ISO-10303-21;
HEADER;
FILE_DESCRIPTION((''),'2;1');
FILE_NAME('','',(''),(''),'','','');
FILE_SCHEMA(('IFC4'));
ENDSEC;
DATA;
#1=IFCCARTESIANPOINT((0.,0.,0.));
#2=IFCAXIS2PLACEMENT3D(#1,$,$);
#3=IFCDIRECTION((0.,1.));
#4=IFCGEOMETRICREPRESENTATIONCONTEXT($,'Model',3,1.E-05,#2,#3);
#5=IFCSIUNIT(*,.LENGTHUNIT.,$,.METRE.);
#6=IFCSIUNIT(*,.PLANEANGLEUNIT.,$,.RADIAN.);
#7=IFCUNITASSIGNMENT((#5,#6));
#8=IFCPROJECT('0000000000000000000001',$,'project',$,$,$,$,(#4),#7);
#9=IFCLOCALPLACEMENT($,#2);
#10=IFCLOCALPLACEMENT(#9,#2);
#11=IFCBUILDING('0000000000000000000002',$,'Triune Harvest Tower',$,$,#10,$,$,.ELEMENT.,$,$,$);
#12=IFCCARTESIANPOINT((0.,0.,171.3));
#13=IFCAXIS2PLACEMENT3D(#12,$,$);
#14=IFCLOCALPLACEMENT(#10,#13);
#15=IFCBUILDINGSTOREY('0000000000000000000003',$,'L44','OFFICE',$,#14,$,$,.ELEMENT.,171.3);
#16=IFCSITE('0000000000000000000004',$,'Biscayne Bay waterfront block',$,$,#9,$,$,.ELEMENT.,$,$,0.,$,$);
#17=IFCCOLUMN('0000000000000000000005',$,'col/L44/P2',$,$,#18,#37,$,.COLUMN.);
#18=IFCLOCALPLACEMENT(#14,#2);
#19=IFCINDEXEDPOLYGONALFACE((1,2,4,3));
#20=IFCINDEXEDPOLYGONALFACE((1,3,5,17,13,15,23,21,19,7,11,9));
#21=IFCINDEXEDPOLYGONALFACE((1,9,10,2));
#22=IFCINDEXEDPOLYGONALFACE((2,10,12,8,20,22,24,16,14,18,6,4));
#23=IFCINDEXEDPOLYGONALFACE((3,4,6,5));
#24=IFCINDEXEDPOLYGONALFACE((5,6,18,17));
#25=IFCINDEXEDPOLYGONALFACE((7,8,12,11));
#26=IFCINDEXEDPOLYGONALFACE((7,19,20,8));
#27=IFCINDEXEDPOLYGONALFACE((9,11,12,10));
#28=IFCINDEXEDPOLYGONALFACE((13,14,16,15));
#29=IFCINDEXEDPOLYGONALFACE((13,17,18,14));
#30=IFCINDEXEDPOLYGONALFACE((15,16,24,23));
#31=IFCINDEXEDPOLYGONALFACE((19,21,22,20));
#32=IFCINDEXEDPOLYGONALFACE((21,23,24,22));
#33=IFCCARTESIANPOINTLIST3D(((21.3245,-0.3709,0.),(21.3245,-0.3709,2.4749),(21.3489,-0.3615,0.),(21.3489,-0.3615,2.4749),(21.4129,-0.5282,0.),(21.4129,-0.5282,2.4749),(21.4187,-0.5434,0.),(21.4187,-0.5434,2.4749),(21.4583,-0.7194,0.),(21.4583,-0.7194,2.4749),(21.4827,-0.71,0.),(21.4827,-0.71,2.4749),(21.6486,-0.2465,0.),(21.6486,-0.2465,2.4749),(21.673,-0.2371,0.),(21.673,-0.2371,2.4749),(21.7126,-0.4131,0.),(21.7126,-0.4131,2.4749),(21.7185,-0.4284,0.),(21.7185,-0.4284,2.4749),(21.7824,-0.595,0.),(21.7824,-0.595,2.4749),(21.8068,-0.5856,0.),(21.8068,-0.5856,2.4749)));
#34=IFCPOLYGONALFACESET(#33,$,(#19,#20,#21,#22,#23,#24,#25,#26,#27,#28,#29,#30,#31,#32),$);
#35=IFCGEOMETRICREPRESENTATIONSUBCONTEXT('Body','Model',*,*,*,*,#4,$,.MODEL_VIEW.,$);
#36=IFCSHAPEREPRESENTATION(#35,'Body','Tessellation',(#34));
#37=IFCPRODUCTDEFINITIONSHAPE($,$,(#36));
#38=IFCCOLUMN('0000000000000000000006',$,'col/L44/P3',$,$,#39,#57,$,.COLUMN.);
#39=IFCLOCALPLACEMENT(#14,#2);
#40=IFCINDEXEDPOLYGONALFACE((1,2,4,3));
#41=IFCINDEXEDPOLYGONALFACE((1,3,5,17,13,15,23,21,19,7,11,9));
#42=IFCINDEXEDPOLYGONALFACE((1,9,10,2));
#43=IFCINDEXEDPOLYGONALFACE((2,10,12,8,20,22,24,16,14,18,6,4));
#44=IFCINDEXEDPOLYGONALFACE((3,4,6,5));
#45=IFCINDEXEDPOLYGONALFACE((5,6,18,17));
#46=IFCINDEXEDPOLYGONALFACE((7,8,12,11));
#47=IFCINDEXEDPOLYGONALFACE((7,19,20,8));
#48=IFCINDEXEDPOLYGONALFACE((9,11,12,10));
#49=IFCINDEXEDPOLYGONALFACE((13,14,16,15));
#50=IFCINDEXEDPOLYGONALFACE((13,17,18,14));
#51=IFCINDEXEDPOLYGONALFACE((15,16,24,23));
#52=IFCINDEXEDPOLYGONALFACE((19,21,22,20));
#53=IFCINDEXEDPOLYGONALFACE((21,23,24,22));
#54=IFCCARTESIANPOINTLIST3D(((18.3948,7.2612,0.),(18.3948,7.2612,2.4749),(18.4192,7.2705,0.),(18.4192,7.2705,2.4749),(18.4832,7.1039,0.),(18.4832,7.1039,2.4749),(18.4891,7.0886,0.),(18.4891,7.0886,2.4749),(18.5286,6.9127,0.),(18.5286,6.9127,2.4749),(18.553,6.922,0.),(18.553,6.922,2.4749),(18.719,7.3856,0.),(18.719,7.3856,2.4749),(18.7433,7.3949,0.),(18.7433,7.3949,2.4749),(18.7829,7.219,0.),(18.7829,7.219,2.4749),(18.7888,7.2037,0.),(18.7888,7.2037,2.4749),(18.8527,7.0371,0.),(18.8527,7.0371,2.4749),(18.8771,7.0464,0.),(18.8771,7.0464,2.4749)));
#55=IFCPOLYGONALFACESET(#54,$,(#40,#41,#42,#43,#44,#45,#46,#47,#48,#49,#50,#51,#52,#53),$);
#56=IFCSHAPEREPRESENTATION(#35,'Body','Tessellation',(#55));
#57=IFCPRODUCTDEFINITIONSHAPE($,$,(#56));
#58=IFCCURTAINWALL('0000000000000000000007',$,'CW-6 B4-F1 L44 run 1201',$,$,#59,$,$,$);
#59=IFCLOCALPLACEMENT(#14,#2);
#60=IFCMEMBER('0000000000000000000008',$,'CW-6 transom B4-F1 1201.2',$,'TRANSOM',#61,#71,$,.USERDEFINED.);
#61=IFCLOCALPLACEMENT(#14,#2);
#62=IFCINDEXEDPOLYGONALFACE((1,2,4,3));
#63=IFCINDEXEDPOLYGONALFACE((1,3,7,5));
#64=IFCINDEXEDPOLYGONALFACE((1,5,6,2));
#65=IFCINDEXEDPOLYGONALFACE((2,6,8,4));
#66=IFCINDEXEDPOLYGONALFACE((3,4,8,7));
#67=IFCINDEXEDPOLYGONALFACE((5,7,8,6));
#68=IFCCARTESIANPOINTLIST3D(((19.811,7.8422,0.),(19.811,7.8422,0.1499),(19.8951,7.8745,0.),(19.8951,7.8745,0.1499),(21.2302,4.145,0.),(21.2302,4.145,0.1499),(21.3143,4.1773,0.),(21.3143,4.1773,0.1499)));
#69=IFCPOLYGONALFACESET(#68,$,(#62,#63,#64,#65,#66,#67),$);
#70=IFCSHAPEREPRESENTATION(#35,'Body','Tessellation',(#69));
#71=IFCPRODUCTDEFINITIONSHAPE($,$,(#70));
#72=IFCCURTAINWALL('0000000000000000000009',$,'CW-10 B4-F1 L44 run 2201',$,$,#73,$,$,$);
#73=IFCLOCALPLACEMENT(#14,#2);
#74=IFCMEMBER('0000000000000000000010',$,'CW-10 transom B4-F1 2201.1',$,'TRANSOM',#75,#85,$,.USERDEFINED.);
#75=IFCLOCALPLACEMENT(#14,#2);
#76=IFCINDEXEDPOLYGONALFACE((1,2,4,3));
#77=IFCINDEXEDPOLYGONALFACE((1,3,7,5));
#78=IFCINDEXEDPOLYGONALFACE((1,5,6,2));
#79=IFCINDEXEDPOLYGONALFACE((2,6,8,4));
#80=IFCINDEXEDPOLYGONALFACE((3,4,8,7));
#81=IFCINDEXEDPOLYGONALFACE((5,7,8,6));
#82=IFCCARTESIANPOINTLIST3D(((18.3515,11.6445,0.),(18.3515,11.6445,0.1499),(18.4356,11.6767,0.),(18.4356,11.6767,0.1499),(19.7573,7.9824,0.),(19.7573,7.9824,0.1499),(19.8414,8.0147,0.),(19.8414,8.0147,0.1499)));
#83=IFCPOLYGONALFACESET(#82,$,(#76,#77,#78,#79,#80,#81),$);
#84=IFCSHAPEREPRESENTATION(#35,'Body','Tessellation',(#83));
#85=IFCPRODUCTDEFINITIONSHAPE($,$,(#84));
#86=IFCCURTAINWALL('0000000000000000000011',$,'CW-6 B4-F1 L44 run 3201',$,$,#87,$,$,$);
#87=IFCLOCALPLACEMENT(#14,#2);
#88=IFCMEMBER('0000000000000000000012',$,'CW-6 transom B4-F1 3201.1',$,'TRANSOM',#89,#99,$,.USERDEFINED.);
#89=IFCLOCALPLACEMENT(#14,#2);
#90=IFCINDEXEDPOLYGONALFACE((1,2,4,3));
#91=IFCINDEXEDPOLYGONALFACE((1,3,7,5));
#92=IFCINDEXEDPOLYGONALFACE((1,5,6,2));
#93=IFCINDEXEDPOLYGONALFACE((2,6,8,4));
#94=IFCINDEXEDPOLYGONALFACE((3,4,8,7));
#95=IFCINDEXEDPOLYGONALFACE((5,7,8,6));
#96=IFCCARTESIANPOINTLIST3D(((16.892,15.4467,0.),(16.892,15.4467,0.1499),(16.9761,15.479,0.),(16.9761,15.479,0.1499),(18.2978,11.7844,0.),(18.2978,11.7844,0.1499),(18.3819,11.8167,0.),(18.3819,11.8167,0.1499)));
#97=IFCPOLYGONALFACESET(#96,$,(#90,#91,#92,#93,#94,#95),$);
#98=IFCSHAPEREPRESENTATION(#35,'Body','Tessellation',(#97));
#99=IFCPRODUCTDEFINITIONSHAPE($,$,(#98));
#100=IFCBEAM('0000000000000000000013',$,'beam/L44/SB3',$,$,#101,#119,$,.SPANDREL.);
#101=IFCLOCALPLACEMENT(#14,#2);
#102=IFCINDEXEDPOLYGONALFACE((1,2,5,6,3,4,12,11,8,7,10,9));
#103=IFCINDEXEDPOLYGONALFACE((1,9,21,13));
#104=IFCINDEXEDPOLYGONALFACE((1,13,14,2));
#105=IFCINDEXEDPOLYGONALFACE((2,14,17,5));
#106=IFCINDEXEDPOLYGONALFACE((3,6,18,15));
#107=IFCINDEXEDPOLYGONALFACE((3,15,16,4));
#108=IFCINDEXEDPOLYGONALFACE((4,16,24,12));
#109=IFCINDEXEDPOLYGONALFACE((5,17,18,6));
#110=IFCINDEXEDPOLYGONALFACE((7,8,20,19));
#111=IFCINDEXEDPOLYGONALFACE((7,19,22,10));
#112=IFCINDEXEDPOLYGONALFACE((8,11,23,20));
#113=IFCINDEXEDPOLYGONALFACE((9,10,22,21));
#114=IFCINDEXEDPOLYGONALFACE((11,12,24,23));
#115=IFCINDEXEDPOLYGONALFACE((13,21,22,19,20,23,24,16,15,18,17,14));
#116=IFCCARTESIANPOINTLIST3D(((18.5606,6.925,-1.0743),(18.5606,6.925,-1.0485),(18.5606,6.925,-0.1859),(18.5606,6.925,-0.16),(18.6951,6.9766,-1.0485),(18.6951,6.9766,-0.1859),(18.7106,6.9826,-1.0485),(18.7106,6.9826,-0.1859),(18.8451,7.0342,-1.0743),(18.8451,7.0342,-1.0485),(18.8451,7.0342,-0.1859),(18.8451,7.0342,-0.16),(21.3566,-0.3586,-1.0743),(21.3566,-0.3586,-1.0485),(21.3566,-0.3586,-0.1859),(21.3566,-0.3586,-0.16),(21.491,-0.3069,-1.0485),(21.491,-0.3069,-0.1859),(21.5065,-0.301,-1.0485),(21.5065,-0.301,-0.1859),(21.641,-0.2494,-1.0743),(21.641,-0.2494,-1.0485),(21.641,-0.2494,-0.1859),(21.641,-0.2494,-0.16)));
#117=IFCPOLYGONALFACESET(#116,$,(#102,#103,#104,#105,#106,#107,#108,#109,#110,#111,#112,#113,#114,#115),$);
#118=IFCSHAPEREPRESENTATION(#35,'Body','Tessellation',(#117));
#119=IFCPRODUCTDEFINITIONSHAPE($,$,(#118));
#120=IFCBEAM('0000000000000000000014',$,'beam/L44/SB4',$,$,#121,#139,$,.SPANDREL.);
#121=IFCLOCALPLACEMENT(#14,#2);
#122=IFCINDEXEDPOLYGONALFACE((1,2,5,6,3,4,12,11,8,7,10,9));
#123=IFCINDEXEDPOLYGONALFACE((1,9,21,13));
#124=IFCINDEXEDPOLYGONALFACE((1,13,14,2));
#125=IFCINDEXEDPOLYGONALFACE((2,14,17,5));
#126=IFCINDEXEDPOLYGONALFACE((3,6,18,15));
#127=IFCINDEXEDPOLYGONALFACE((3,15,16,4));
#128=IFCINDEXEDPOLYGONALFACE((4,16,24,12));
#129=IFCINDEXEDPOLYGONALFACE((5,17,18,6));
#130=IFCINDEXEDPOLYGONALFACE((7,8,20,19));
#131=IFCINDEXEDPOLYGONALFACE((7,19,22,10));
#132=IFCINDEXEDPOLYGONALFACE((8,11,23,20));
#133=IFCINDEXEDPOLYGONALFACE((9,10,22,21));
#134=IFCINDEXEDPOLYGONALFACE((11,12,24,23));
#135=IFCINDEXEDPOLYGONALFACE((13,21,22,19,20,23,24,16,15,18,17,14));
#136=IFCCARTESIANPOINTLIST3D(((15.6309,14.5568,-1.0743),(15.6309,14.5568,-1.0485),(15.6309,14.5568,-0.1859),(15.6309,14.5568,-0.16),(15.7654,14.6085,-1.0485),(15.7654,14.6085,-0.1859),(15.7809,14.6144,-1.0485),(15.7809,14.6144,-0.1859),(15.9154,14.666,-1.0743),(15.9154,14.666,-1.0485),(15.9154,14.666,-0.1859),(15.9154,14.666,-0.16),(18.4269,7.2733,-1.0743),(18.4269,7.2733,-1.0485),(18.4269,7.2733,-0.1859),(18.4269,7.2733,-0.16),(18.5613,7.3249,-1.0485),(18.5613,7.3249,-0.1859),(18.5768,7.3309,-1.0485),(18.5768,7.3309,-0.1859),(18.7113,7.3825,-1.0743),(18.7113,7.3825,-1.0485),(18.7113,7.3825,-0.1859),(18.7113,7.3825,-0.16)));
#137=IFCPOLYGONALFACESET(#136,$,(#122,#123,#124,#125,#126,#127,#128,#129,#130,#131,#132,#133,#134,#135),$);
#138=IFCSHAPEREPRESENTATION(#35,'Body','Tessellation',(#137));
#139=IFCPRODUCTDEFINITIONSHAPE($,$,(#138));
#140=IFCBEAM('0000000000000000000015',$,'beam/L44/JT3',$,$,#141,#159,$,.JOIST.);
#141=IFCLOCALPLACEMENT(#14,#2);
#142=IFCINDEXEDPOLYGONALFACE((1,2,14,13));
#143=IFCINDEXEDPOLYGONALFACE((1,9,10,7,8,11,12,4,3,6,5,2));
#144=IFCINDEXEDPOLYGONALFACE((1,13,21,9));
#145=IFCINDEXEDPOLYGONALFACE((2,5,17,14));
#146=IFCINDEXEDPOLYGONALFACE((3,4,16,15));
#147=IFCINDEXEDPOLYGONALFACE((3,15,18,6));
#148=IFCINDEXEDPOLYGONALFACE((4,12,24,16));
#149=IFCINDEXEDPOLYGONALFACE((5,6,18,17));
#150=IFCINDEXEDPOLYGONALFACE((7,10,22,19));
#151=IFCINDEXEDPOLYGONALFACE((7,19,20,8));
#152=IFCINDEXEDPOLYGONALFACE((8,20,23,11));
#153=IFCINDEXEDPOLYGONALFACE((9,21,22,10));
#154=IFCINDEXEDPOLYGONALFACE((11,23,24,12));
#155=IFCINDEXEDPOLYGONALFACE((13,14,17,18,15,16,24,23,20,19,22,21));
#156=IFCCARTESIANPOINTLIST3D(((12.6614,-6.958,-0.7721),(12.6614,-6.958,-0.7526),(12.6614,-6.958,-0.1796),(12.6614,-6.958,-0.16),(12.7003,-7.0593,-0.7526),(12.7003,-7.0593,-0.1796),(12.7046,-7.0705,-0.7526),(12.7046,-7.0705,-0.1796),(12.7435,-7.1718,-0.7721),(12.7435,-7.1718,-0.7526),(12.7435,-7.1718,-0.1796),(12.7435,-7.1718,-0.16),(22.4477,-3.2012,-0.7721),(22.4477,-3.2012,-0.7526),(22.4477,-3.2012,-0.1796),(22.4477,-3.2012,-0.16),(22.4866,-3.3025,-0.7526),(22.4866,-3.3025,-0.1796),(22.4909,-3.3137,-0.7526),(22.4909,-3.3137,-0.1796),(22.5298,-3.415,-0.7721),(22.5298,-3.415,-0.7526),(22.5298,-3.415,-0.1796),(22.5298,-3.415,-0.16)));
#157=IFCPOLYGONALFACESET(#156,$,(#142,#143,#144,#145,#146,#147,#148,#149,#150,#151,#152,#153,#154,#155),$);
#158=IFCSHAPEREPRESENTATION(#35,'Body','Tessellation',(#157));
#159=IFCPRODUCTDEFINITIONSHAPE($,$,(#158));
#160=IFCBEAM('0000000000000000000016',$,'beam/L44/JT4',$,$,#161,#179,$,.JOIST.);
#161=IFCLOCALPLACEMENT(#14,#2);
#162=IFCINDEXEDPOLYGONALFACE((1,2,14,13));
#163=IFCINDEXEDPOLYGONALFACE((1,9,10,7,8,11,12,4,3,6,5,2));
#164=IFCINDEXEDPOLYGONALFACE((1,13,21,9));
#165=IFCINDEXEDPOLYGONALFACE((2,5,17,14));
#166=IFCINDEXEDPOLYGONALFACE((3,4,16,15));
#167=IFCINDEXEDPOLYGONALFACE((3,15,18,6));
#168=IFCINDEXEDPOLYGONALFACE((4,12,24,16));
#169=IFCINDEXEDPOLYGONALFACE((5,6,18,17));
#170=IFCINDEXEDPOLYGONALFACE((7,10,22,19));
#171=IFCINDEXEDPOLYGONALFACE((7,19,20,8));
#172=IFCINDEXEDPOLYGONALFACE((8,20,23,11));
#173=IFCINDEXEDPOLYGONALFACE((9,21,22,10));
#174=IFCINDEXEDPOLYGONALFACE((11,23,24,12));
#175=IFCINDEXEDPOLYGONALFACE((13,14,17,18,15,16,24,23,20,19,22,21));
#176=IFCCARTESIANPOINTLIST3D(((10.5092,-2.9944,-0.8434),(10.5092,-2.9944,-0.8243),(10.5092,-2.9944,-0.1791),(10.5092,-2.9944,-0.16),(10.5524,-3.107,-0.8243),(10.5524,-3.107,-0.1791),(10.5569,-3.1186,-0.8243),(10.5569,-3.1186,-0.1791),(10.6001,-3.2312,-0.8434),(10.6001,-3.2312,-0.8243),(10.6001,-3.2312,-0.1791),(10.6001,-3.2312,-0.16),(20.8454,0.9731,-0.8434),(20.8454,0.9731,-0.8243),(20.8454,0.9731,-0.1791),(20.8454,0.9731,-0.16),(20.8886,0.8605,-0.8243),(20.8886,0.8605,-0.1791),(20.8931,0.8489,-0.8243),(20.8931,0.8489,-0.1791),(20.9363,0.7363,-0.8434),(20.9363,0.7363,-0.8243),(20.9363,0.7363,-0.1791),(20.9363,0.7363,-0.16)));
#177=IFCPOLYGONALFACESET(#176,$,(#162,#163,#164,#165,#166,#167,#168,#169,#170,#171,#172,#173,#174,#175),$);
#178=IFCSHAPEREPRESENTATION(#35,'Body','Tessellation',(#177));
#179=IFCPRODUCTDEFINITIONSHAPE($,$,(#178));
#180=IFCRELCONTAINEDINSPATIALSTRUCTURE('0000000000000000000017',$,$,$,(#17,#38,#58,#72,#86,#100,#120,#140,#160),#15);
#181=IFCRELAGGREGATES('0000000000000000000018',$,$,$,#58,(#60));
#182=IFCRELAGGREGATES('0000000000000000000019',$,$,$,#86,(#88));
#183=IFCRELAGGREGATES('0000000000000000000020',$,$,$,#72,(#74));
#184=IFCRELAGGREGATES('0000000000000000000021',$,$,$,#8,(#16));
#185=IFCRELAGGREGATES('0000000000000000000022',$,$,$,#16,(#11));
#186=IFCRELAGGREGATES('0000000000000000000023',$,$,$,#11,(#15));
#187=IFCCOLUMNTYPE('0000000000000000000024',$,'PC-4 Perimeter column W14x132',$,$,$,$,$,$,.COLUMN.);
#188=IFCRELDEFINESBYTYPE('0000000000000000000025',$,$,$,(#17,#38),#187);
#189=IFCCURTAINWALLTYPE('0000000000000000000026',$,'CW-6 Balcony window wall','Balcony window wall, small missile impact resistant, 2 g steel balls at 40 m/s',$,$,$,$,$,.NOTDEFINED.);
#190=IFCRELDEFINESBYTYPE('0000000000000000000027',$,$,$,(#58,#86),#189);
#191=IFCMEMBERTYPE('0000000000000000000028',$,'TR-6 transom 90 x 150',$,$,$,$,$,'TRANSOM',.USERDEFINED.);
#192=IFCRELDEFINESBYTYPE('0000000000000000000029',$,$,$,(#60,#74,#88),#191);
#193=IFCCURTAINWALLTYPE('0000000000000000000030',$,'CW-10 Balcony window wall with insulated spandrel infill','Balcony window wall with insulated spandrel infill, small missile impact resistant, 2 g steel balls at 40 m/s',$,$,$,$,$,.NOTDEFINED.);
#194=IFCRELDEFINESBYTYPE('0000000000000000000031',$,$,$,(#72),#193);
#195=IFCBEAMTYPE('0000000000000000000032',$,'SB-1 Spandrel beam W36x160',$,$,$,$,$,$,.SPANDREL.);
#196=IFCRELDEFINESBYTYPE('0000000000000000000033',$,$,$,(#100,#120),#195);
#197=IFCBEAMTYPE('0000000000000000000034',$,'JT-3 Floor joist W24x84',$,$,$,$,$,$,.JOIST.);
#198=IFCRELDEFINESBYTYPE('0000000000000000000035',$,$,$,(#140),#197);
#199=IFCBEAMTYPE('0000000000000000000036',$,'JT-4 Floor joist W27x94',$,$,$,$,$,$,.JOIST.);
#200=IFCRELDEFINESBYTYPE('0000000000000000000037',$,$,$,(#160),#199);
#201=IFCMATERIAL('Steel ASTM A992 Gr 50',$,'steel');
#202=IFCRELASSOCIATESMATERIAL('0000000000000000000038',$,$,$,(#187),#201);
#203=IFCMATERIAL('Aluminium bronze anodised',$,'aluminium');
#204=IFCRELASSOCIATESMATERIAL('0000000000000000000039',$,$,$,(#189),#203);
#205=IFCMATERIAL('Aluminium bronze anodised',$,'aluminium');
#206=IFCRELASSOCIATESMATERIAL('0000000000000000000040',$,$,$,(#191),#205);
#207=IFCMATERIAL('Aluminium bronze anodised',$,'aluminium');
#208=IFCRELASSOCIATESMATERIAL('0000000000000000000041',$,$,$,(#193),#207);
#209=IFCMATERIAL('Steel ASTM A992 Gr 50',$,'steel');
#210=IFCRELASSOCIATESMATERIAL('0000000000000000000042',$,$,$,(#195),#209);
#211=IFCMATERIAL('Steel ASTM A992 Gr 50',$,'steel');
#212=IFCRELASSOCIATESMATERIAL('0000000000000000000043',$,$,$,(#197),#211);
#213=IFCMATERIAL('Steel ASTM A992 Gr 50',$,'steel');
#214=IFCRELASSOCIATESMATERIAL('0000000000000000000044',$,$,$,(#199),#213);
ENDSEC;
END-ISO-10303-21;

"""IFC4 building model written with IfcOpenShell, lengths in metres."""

from ifc_helpers import new_model, si_unit, direction, frame, origin, origin_2d, place, context, subcontext, project, spatial, rectangle, i_section, extrude, source, transform, mapped, material, material_profile, profile_set, type_object, element, aggregate, save


model = new_model("IFC4")

# Units and contexts
model_context = context("Model", 3, precision=1e-05, world=origin(), true_north=direction((0.0, 1.0)))
body_context = subcontext(model_context, "Body", "Model", "MODEL_VIEW")
ifc_project = project(units=[si_unit("LENGTHUNIT", "METRE"), si_unit("PLANEANGLEUNIT", "RADIAN")], contexts=[model_context])

# Site, building, storey
site_placement = place(None, origin())
site = spatial("IfcSite", under=ifc_project, at=site_placement, Name="Biscayne Bay waterfront block", CompositionType="ELEMENT", RefElevation=0.0)
building_placement = place(site_placement, origin())
building = spatial("IfcBuilding", under=site, at=building_placement, Name="Triune Harvest Tower", CompositionType="ELEMENT")
storey_placement = place(building_placement, frame((0.0, 0.0, 171.3)))
storey = spatial("IfcBuildingStorey", under=building, at=storey_placement, Name="L44", Description="OFFICE", CompositionType="ELEMENT", Elevation=171.3)

# Columns
ifc_material_1 = material(Name="Steel ASTM A992 Gr 50", Category="steel")
ifc_material_profile_1 = material_profile(ifc_material_1, i_section(OverallWidth=0.3733, OverallDepth=0.3733, WebThickness=0.0164, FlangeThickness=0.0261, at=origin_2d()), Name="W14x132")
ifc_profile_set_1 = profile_set([ifc_material_profile_1], Name="Steel ASTM A992 Gr 50")
column_type = type_object("IfcColumnType", Name="PC-4 Perimeter column W14x132", PredefinedType="COLUMN", material=ifc_profile_set_1)
shared_shape_1 = source(origin(), body_context, "Body", "SweptSolid", [
    extrude(i_section(OverallWidth=0.3733, OverallDepth=0.3733, WebThickness=0.0164, FlangeThickness=0.0261, at=origin_2d()), origin(), (0.0, 0.0, 1.0), 2.4749),
])
for number, where, z_axis, x_axis, name in (
    (1, (21.5657, -0.4783, 0.0), (0.0, 0.0, 1.0), (-0.358368, 0.93358, 0.0), "col/L44/P2"),
    (2, (18.636, 7.1538, 0.0), (0.0, 0.0, 1.0), (-0.358368, 0.93358, 0.0), "col/L44/P3"),
):
    element("IfcColumn", number, at=place(storey_placement, frame(where, z_axis=z_axis, x_axis=x_axis)), inside=storey, type_object=column_type, Name=name, PredefinedType="COLUMN", context=body_context, shape_type="MappedRepresentation", body=[
        mapped(shared_shape_1, transform((0.0, 0.0, 0.0), scale=1.0)),
    ])

# Curtain walls, members
ifc_material_2 = material(Name="Aluminium bronze anodised", Category="aluminium")
curtain_wall_type_1 = type_object("IfcCurtainWallType", Name="CW-6 Balcony window wall", Description="Balcony window wall, small missile impact resistant, 2 g steel balls at 40 m/s", PredefinedType="NOTDEFINED", material=ifc_material_2)
curtain_wall_1_placement = place(storey_placement, origin())
curtain_wall_1 = element("IfcCurtainWall", 3, at=curtain_wall_1_placement, inside=storey, type_object=curtain_wall_type_1, Name="CW-6 B4-F1 L44 run 1201")
ifc_material_3 = material(Name="Aluminium bronze anodised", Category="aluminium")
ifc_material_profile_2 = material_profile(ifc_material_3, rectangle(XDim=0.0901, YDim=0.1499, at=origin_2d()), Name="TR-6 transom 90 x 150")
ifc_profile_set_2 = profile_set([ifc_material_profile_2], Name="Aluminium bronze anodised")
member_type_1 = type_object("IfcMemberType", Name="TR-6 transom 90 x 150", ElementType="TRANSOM", PredefinedType="USERDEFINED", material=ifc_profile_set_2)
member_1_placement = place(storey_placement, frame((21.2722, 4.1611, 0.075), z_axis=(-0.358355, 0.933585, 0.0), x_axis=(-0.933585, -0.358355, 0.0)))
member_1 = element("IfcMember", 4, at=member_1_placement, type_object=member_type_1, Name="CW-6 transom B4-F1 1201.2", ObjectType="TRANSOM", PredefinedType="USERDEFINED", context=body_context, shape_type="SweptSolid", body=[
    extrude(rectangle(XDim=0.0901, YDim=0.1499, at=origin_2d()), origin(), (0.0, 0.0, 1.0), 3.9602),
])
ifc_material_4 = material(Name="Aluminium bronze anodised", Category="aluminium")
curtain_wall_type_2 = type_object("IfcCurtainWallType", Name="CW-10 Balcony window wall with insulated spandrel infill", Description="Balcony window wall with insulated spandrel infill, small missile impact resistant, 2 g steel balls at 40 m/s", PredefinedType="NOTDEFINED", material=ifc_material_4)
curtain_wall_2_placement = place(storey_placement, origin())
curtain_wall_2 = element("IfcCurtainWall", 5, at=curtain_wall_2_placement, inside=storey, type_object=curtain_wall_type_2, Name="CW-10 B4-F1 L44 run 2201")
member_2_placement = place(storey_placement, frame((19.7993, 7.9985, 0.075), z_axis=(-0.35837, 0.93358, 0.0), x_axis=(-0.93358, -0.35837, 0.0)))
member_2 = element("IfcMember", 6, at=member_2_placement, type_object=member_type_1, Name="CW-10 transom B4-F1 2201.1", ObjectType="TRANSOM", PredefinedType="USERDEFINED", context=body_context, shape_type="SweptSolid", body=[
    extrude(rectangle(XDim=0.0901, YDim=0.1499, at=origin_2d()), origin(), (0.0, 0.0, 1.0), 3.9226),
])
curtain_wall_3_placement = place(storey_placement, origin())
curtain_wall_3 = element("IfcCurtainWall", 7, at=curtain_wall_3_placement, inside=storey, type_object=curtain_wall_type_1, Name="CW-6 B4-F1 L44 run 3201")
member_3_placement = place(storey_placement, frame((18.3398, 11.8005, 0.075), z_axis=(-0.358349, 0.933588, 0.0), x_axis=(-0.933588, -0.358349, 0.0)))
member_3 = element("IfcMember", 8, at=member_3_placement, type_object=member_type_1, Name="CW-6 transom B4-F1 3201.1", ObjectType="TRANSOM", PredefinedType="USERDEFINED", context=body_context, shape_type="SweptSolid", body=[
    extrude(rectangle(XDim=0.0901, YDim=0.1499, at=origin_2d()), origin(), (0.0, 0.0, 1.0), 3.9229),
])

# Beams
ifc_material_5 = material(Name="Steel ASTM A992 Gr 50", Category="steel")
ifc_material_profile_3 = material_profile(ifc_material_5, i_section(OverallWidth=0.3047, OverallDepth=0.9143, WebThickness=0.0166, FlangeThickness=0.0259, at=origin_2d()), Name="W36x160")
ifc_profile_set_3 = profile_set([ifc_material_profile_3], Name="Steel ASTM A992 Gr 50")
beam_type_1 = type_object("IfcBeamType", Name="SB-1 Spandrel beam W36x160", PredefinedType="SPANDREL", material=ifc_profile_set_3)
shared_shape_2 = source(origin(), body_context, "Body", "SweptSolid", [
    extrude(i_section(OverallWidth=0.3047, OverallDepth=0.9143, WebThickness=0.0166, FlangeThickness=0.0259, at=origin_2d()), origin(), (0.0, 0.0, 1.0), 7.8018),
])
for number, where, z_axis, x_axis, name in (
    (9, (21.4988, -0.304, -0.6172), (-0.358373, 0.933578, 0.0), (-0.933578, -0.358373, 0.0), "beam/L44/SB3"),
    (10, (18.5691, 7.3279, -0.6172), (-0.358373, 0.933578, 0.0), (-0.933578, -0.358373, 0.0), "beam/L44/SB4"),
):
    element("IfcBeam", number, at=place(storey_placement, frame(where, z_axis=z_axis, x_axis=x_axis)), inside=storey, type_object=beam_type_1, Name=name, PredefinedType="SPANDREL", context=body_context, shape_type="MappedRepresentation", body=[
        mapped(shared_shape_2, transform((0.0, 0.0, 0.0), scale=1.0)),
    ])
ifc_material_6 = material(Name="Steel ASTM A992 Gr 50", Category="steel")
ifc_material_profile_4 = material_profile(ifc_material_6, i_section(OverallWidth=0.229, OverallDepth=0.6121, WebThickness=0.012, FlangeThickness=0.0195, at=origin_2d()), Name="W24x84")
ifc_profile_set_4 = profile_set([ifc_material_profile_4], Name="Steel ASTM A992 Gr 50")
beam_type_2 = type_object("IfcBeamType", Name="JT-3 Floor joist W24x84", PredefinedType="JOIST", material=ifc_profile_set_4)
shared_shape_3 = source(origin(), body_context, "Body", "SweptSolid", [
    extrude(i_section(OverallWidth=0.229, OverallDepth=0.6121, WebThickness=0.012, FlangeThickness=0.0195, at=origin_2d()), origin(), (0.0, 0.0, 1.0), 10.4827),
])
beam_1_placement = place(storey_placement, frame((22.4888, -3.3081, -0.4661), z_axis=(-0.933574, -0.358384, 0.0), x_axis=(0.358384, -0.933574, 0.0)))
element("IfcBeam", 11, at=beam_1_placement, inside=storey, type_object=beam_type_2, Name="beam/L44/JT3", PredefinedType="JOIST", context=body_context, shape_type="MappedRepresentation", body=[
    mapped(shared_shape_3, transform((0.0, 0.0, 0.0), scale=1.0)),
])
ifc_material_7 = material(Name="Steel ASTM A992 Gr 50", Category="steel")
ifc_material_profile_5 = material_profile(ifc_material_7, i_section(OverallWidth=0.2537, OverallDepth=0.6833, WebThickness=0.0125, FlangeThickness=0.019, at=origin_2d()), Name="W27x94")
ifc_profile_set_5 = profile_set([ifc_material_profile_5], Name="Steel ASTM A992 Gr 50")
beam_type_3 = type_object("IfcBeamType", Name="JT-4 Floor joist W27x94", PredefinedType="JOIST", material=ifc_profile_set_5)
shared_shape_4 = source(origin(), body_context, "Body", "SweptSolid", [
    extrude(i_section(OverallWidth=0.2537, OverallDepth=0.6833, WebThickness=0.0125, FlangeThickness=0.019, at=origin_2d()), origin(), (0.0, 0.0, 1.0), 11.0715),
])
beam_2_placement = place(storey_placement, frame((20.8909, 0.8547, -0.5017), z_axis=(-0.933585, -0.358355, 0.0), x_axis=(0.358355, -0.933585, 0.0)))
element("IfcBeam", 12, at=beam_2_placement, inside=storey, type_object=beam_type_3, Name="beam/L44/JT4", PredefinedType="JOIST", context=body_context, shape_type="MappedRepresentation", body=[
    mapped(shared_shape_4, transform((0.0, 0.0, 0.0), scale=1.0)),
])

aggregate(curtain_wall_1, [member_1])
aggregate(curtain_wall_3, [member_3])
aggregate(curtain_wall_2, [member_2])

save(model, "model.ifc")
